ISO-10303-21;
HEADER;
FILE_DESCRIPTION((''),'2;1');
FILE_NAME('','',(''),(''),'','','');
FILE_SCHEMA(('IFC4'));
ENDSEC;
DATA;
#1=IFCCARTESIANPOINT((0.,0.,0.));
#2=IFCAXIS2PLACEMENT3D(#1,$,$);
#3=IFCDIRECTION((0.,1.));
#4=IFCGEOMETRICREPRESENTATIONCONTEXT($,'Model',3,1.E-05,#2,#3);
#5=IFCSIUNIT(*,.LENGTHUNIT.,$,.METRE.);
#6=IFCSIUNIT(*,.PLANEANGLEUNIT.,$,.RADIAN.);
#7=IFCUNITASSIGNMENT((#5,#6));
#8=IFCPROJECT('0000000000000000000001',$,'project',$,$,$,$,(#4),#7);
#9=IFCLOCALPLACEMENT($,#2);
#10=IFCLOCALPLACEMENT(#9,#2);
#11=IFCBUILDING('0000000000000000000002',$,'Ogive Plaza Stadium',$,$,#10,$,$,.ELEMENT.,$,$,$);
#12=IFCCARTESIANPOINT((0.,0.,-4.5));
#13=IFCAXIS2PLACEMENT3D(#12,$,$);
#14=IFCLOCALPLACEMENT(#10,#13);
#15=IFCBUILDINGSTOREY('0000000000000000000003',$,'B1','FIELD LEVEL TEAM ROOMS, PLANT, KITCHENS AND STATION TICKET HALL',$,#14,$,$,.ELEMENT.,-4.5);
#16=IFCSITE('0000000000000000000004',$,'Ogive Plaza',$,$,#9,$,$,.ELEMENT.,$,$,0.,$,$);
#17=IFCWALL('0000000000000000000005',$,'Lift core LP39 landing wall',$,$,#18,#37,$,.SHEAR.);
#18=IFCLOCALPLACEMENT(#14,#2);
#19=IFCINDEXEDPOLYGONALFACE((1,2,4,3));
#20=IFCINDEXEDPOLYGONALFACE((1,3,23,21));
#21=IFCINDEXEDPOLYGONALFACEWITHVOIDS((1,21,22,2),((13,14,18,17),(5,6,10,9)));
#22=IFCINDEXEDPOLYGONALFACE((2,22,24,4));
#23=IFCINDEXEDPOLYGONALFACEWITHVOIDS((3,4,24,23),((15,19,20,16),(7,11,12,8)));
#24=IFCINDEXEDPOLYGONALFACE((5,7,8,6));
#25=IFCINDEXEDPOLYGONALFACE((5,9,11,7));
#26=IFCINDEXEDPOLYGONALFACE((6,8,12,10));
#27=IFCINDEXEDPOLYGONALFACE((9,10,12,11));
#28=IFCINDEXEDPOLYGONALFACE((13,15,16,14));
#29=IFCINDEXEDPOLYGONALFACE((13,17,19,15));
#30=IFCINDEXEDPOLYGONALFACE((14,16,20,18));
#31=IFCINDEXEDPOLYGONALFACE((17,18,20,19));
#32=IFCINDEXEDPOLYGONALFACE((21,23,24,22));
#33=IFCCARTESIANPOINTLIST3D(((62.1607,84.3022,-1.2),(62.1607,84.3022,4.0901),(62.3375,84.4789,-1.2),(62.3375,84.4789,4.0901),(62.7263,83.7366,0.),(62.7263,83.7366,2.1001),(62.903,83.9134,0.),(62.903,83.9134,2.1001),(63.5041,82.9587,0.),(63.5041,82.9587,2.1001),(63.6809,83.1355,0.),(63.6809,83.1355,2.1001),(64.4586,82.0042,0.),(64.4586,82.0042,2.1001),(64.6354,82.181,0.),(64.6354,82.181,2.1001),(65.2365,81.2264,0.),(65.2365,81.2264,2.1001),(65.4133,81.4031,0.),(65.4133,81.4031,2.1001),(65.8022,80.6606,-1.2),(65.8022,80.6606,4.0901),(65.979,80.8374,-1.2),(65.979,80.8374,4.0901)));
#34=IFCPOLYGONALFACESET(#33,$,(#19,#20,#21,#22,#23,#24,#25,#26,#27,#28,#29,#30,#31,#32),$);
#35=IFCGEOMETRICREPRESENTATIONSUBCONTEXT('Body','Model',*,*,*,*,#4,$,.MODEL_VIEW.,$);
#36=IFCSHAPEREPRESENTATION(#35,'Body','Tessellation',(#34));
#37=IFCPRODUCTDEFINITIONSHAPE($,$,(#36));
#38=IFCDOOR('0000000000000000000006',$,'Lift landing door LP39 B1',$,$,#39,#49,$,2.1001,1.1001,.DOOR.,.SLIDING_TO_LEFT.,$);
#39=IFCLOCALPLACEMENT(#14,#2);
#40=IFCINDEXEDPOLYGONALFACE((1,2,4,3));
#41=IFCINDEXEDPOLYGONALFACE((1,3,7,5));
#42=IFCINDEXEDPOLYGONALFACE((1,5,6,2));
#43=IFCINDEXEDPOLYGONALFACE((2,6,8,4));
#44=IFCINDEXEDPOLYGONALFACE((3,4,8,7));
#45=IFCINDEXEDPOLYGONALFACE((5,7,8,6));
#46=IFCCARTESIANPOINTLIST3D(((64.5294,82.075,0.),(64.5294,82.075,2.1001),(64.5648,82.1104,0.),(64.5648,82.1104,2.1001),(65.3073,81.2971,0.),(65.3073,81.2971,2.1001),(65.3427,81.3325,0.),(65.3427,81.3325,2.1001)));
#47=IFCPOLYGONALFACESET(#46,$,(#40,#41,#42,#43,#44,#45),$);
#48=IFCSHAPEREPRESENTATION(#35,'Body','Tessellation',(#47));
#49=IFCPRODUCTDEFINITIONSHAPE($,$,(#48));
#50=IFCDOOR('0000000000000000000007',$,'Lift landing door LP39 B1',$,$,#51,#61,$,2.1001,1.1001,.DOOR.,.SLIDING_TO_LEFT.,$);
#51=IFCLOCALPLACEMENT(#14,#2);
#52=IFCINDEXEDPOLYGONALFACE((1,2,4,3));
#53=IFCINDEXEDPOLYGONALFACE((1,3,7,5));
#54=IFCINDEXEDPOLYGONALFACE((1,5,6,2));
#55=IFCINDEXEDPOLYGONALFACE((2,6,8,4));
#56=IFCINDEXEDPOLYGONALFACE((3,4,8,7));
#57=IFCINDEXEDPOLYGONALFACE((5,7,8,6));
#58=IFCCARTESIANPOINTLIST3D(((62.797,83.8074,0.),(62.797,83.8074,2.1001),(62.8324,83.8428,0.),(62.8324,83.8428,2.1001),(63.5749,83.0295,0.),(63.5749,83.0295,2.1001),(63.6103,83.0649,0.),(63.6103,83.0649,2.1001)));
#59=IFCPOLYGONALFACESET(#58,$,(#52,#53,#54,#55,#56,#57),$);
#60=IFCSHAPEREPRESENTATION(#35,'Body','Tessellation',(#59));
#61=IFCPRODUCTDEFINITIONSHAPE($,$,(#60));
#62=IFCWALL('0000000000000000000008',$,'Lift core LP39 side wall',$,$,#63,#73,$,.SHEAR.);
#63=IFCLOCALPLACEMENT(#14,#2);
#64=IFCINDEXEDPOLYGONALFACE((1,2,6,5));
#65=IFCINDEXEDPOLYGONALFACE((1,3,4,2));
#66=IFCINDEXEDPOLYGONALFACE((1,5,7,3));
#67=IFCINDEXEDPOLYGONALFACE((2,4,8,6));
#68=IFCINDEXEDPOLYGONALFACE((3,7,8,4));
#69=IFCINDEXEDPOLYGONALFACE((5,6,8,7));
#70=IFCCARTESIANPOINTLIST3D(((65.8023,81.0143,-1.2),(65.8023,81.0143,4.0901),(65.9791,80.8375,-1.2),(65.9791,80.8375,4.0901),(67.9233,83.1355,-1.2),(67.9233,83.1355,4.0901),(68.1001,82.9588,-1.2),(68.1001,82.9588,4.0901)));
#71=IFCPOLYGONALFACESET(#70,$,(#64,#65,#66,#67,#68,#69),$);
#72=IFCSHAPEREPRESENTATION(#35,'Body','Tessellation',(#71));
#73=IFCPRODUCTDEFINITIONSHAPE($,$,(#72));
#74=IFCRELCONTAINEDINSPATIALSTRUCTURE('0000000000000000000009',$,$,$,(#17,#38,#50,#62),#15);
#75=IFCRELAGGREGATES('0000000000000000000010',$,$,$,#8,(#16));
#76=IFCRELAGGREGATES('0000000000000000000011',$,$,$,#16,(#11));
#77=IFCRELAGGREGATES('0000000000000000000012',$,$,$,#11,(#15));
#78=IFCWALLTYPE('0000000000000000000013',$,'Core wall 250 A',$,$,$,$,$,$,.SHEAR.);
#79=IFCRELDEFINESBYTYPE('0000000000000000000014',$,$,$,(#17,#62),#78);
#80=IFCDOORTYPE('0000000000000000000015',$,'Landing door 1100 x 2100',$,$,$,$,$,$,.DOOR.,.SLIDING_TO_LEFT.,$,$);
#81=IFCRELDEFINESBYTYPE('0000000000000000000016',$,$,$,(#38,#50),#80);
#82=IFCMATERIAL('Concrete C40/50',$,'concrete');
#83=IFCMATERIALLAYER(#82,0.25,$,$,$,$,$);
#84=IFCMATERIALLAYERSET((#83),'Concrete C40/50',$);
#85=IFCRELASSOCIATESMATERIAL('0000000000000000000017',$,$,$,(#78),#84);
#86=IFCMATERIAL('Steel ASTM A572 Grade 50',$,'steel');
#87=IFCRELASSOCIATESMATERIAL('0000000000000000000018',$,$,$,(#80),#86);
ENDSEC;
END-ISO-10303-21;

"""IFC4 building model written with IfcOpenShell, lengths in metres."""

from ifc_helpers import new_model, si_unit, direction, frame, frame_2d, origin, place, context, subcontext, project, spatial, rectangle, extrude, material, layer, layer_set, type_object, element, fill, save


model = new_model("IFC4")

# Units and contexts
model_context = context("Model", 3, precision=1e-05, world=origin(), true_north=direction((0.0, 1.0)))
body_context = subcontext(model_context, "Body", "Model", "MODEL_VIEW")
ifc_project = project(units=[si_unit("LENGTHUNIT", "METRE"), si_unit("PLANEANGLEUNIT", "RADIAN")], contexts=[model_context])

# Site, building, storey
site_placement = place(None, origin())
site = spatial("IfcSite", under=ifc_project, at=site_placement, Name="Ogive Plaza", CompositionType="ELEMENT", RefElevation=0.0)
building_placement = place(site_placement, origin())
building = spatial("IfcBuilding", under=site, at=building_placement, Name="Ogive Plaza Stadium", CompositionType="ELEMENT")
storey_placement = place(building_placement, frame((0.0, 0.0, -4.5)))
storey = spatial("IfcBuildingStorey", under=building, at=storey_placement, Name="B1", Description="FIELD LEVEL TEAM ROOMS, PLANT, KITCHENS AND STATION TICKET HALL", CompositionType="ELEMENT", Elevation=-4.5)

# Wall, openings, doors
ifc_material_1 = material(Name="Concrete C40/50", Category="concrete")
ifc_layer_1 = layer(ifc_material_1, 0.25)
ifc_layer_set_1 = layer_set([ifc_layer_1], Name="Concrete C40/50")
wall_type_1 = type_object("IfcWallType", Name="Core wall 250 A", PredefinedType="SHEAR", material=ifc_layer_set_1)
wall_1_placement = place(storey_placement, frame((65.8906, 80.749, -1.2), z_axis=(0.0, 0.0, 1.0), x_axis=(-0.707107, 0.707107, 0.0)))
wall_1 = element("IfcWall", 1, at=wall_1_placement, inside=storey, type_object=wall_type_1, Name="Lift core LP39 landing wall", PredefinedType="SHEAR", context=body_context, shape_type="SweptSolid", body=[
    extrude(rectangle(XDim=5.1499, YDim=0.25, at=frame_2d((2.575, 0.0))), origin(), (0.0, 0.0, 1.0), 5.29),
])
opening_1_placement = place(wall_1_placement, frame((0.8, 0.0, 1.2)))
opening_1 = element("IfcOpeningElement", 2, at=opening_1_placement, cuts=wall_1, PredefinedType="OPENING", context=body_context, shape_type="SweptSolid", body=[
    extrude(rectangle(XDim=1.1001, YDim=2.1001, at=frame_2d((0.55, 1.05))), frame((0.0, 0.125, 0.0), z_axis=(0.0, -1.0, 0.0), x_axis=(1.0, 0.0, 0.0)), (0.0, 0.0, 1.0), 0.25),
])
opening_2_placement = place(wall_1_placement, frame((3.25, 0.0, 1.2)))
opening_2 = element("IfcOpeningElement", 3, at=opening_2_placement, cuts=wall_1, PredefinedType="OPENING", context=body_context, shape_type="SweptSolid", body=[
    extrude(rectangle(XDim=1.1001, YDim=2.1001, at=frame_2d((0.55, 1.05))), frame((0.0, 0.125, 0.0), z_axis=(0.0, -1.0, 0.0), x_axis=(1.0, 0.0, 0.0)), (0.0, 0.0, 1.0), 0.25),
])
ifc_material_2 = material(Name="Steel ASTM A572 Grade 50", Category="steel")
door_type_1 = type_object("IfcDoorType", Name="Landing door 1100 x 2100", OperationType="SLIDING_TO_LEFT", PredefinedType="DOOR", material=ifc_material_2)
door_1_placement = place(opening_1_placement, origin())
door_1 = element("IfcDoor", 4, at=door_1_placement, inside=storey, type_object=door_type_1, Name="Lift landing door LP39 B1", OperationType="SLIDING_TO_LEFT", OverallHeight=2.1001, OverallWidth=1.1001, PredefinedType="DOOR", context=body_context, shape_type="SweptSolid", body=[
    extrude(rectangle(XDim=1.1001, YDim=2.1001, at=frame_2d((0.55, 1.05))), frame((0.0, 0.0249, 0.0), z_axis=(0.0, -1.0, 0.0), x_axis=(1.0, 0.0, 0.0)), (0.0, 0.0, 1.0), 0.05),
])
fill(opening_1, door_1)
door_2_placement = place(opening_2_placement, origin())
door_2 = element("IfcDoor", 5, at=door_2_placement, inside=storey, type_object=door_type_1, Name="Lift landing door LP39 B1", OperationType="SLIDING_TO_LEFT", OverallHeight=2.1001, OverallWidth=1.1001, PredefinedType="DOOR", context=body_context, shape_type="SweptSolid", body=[
    extrude(rectangle(XDim=1.1001, YDim=2.1001, at=frame_2d((0.55, 1.05))), frame((0.0, 0.0249, 0.0), z_axis=(0.0, -1.0, 0.0), x_axis=(1.0, 0.0, 0.0)), (0.0, 0.0, 1.0), 0.05),
])
fill(opening_2, door_2)

# Wall
wall_2_placement = place(storey_placement, frame((65.8906, 80.9258, -1.2), z_axis=(0.0, 0.0, 1.0), x_axis=(0.707066, 0.707147, 0.0)))
element("IfcWall", 6, at=wall_2_placement, inside=storey, type_object=wall_type_1, Name="Lift core LP39 side wall", PredefinedType="SHEAR", context=body_context, shape_type="SweptSolid", body=[
    extrude(rectangle(XDim=2.9998, YDim=0.25, at=frame_2d((1.5, 0.0))), origin(), (0.0, 0.0, 1.0), 5.29),
])

save(model, "model.ifc")
